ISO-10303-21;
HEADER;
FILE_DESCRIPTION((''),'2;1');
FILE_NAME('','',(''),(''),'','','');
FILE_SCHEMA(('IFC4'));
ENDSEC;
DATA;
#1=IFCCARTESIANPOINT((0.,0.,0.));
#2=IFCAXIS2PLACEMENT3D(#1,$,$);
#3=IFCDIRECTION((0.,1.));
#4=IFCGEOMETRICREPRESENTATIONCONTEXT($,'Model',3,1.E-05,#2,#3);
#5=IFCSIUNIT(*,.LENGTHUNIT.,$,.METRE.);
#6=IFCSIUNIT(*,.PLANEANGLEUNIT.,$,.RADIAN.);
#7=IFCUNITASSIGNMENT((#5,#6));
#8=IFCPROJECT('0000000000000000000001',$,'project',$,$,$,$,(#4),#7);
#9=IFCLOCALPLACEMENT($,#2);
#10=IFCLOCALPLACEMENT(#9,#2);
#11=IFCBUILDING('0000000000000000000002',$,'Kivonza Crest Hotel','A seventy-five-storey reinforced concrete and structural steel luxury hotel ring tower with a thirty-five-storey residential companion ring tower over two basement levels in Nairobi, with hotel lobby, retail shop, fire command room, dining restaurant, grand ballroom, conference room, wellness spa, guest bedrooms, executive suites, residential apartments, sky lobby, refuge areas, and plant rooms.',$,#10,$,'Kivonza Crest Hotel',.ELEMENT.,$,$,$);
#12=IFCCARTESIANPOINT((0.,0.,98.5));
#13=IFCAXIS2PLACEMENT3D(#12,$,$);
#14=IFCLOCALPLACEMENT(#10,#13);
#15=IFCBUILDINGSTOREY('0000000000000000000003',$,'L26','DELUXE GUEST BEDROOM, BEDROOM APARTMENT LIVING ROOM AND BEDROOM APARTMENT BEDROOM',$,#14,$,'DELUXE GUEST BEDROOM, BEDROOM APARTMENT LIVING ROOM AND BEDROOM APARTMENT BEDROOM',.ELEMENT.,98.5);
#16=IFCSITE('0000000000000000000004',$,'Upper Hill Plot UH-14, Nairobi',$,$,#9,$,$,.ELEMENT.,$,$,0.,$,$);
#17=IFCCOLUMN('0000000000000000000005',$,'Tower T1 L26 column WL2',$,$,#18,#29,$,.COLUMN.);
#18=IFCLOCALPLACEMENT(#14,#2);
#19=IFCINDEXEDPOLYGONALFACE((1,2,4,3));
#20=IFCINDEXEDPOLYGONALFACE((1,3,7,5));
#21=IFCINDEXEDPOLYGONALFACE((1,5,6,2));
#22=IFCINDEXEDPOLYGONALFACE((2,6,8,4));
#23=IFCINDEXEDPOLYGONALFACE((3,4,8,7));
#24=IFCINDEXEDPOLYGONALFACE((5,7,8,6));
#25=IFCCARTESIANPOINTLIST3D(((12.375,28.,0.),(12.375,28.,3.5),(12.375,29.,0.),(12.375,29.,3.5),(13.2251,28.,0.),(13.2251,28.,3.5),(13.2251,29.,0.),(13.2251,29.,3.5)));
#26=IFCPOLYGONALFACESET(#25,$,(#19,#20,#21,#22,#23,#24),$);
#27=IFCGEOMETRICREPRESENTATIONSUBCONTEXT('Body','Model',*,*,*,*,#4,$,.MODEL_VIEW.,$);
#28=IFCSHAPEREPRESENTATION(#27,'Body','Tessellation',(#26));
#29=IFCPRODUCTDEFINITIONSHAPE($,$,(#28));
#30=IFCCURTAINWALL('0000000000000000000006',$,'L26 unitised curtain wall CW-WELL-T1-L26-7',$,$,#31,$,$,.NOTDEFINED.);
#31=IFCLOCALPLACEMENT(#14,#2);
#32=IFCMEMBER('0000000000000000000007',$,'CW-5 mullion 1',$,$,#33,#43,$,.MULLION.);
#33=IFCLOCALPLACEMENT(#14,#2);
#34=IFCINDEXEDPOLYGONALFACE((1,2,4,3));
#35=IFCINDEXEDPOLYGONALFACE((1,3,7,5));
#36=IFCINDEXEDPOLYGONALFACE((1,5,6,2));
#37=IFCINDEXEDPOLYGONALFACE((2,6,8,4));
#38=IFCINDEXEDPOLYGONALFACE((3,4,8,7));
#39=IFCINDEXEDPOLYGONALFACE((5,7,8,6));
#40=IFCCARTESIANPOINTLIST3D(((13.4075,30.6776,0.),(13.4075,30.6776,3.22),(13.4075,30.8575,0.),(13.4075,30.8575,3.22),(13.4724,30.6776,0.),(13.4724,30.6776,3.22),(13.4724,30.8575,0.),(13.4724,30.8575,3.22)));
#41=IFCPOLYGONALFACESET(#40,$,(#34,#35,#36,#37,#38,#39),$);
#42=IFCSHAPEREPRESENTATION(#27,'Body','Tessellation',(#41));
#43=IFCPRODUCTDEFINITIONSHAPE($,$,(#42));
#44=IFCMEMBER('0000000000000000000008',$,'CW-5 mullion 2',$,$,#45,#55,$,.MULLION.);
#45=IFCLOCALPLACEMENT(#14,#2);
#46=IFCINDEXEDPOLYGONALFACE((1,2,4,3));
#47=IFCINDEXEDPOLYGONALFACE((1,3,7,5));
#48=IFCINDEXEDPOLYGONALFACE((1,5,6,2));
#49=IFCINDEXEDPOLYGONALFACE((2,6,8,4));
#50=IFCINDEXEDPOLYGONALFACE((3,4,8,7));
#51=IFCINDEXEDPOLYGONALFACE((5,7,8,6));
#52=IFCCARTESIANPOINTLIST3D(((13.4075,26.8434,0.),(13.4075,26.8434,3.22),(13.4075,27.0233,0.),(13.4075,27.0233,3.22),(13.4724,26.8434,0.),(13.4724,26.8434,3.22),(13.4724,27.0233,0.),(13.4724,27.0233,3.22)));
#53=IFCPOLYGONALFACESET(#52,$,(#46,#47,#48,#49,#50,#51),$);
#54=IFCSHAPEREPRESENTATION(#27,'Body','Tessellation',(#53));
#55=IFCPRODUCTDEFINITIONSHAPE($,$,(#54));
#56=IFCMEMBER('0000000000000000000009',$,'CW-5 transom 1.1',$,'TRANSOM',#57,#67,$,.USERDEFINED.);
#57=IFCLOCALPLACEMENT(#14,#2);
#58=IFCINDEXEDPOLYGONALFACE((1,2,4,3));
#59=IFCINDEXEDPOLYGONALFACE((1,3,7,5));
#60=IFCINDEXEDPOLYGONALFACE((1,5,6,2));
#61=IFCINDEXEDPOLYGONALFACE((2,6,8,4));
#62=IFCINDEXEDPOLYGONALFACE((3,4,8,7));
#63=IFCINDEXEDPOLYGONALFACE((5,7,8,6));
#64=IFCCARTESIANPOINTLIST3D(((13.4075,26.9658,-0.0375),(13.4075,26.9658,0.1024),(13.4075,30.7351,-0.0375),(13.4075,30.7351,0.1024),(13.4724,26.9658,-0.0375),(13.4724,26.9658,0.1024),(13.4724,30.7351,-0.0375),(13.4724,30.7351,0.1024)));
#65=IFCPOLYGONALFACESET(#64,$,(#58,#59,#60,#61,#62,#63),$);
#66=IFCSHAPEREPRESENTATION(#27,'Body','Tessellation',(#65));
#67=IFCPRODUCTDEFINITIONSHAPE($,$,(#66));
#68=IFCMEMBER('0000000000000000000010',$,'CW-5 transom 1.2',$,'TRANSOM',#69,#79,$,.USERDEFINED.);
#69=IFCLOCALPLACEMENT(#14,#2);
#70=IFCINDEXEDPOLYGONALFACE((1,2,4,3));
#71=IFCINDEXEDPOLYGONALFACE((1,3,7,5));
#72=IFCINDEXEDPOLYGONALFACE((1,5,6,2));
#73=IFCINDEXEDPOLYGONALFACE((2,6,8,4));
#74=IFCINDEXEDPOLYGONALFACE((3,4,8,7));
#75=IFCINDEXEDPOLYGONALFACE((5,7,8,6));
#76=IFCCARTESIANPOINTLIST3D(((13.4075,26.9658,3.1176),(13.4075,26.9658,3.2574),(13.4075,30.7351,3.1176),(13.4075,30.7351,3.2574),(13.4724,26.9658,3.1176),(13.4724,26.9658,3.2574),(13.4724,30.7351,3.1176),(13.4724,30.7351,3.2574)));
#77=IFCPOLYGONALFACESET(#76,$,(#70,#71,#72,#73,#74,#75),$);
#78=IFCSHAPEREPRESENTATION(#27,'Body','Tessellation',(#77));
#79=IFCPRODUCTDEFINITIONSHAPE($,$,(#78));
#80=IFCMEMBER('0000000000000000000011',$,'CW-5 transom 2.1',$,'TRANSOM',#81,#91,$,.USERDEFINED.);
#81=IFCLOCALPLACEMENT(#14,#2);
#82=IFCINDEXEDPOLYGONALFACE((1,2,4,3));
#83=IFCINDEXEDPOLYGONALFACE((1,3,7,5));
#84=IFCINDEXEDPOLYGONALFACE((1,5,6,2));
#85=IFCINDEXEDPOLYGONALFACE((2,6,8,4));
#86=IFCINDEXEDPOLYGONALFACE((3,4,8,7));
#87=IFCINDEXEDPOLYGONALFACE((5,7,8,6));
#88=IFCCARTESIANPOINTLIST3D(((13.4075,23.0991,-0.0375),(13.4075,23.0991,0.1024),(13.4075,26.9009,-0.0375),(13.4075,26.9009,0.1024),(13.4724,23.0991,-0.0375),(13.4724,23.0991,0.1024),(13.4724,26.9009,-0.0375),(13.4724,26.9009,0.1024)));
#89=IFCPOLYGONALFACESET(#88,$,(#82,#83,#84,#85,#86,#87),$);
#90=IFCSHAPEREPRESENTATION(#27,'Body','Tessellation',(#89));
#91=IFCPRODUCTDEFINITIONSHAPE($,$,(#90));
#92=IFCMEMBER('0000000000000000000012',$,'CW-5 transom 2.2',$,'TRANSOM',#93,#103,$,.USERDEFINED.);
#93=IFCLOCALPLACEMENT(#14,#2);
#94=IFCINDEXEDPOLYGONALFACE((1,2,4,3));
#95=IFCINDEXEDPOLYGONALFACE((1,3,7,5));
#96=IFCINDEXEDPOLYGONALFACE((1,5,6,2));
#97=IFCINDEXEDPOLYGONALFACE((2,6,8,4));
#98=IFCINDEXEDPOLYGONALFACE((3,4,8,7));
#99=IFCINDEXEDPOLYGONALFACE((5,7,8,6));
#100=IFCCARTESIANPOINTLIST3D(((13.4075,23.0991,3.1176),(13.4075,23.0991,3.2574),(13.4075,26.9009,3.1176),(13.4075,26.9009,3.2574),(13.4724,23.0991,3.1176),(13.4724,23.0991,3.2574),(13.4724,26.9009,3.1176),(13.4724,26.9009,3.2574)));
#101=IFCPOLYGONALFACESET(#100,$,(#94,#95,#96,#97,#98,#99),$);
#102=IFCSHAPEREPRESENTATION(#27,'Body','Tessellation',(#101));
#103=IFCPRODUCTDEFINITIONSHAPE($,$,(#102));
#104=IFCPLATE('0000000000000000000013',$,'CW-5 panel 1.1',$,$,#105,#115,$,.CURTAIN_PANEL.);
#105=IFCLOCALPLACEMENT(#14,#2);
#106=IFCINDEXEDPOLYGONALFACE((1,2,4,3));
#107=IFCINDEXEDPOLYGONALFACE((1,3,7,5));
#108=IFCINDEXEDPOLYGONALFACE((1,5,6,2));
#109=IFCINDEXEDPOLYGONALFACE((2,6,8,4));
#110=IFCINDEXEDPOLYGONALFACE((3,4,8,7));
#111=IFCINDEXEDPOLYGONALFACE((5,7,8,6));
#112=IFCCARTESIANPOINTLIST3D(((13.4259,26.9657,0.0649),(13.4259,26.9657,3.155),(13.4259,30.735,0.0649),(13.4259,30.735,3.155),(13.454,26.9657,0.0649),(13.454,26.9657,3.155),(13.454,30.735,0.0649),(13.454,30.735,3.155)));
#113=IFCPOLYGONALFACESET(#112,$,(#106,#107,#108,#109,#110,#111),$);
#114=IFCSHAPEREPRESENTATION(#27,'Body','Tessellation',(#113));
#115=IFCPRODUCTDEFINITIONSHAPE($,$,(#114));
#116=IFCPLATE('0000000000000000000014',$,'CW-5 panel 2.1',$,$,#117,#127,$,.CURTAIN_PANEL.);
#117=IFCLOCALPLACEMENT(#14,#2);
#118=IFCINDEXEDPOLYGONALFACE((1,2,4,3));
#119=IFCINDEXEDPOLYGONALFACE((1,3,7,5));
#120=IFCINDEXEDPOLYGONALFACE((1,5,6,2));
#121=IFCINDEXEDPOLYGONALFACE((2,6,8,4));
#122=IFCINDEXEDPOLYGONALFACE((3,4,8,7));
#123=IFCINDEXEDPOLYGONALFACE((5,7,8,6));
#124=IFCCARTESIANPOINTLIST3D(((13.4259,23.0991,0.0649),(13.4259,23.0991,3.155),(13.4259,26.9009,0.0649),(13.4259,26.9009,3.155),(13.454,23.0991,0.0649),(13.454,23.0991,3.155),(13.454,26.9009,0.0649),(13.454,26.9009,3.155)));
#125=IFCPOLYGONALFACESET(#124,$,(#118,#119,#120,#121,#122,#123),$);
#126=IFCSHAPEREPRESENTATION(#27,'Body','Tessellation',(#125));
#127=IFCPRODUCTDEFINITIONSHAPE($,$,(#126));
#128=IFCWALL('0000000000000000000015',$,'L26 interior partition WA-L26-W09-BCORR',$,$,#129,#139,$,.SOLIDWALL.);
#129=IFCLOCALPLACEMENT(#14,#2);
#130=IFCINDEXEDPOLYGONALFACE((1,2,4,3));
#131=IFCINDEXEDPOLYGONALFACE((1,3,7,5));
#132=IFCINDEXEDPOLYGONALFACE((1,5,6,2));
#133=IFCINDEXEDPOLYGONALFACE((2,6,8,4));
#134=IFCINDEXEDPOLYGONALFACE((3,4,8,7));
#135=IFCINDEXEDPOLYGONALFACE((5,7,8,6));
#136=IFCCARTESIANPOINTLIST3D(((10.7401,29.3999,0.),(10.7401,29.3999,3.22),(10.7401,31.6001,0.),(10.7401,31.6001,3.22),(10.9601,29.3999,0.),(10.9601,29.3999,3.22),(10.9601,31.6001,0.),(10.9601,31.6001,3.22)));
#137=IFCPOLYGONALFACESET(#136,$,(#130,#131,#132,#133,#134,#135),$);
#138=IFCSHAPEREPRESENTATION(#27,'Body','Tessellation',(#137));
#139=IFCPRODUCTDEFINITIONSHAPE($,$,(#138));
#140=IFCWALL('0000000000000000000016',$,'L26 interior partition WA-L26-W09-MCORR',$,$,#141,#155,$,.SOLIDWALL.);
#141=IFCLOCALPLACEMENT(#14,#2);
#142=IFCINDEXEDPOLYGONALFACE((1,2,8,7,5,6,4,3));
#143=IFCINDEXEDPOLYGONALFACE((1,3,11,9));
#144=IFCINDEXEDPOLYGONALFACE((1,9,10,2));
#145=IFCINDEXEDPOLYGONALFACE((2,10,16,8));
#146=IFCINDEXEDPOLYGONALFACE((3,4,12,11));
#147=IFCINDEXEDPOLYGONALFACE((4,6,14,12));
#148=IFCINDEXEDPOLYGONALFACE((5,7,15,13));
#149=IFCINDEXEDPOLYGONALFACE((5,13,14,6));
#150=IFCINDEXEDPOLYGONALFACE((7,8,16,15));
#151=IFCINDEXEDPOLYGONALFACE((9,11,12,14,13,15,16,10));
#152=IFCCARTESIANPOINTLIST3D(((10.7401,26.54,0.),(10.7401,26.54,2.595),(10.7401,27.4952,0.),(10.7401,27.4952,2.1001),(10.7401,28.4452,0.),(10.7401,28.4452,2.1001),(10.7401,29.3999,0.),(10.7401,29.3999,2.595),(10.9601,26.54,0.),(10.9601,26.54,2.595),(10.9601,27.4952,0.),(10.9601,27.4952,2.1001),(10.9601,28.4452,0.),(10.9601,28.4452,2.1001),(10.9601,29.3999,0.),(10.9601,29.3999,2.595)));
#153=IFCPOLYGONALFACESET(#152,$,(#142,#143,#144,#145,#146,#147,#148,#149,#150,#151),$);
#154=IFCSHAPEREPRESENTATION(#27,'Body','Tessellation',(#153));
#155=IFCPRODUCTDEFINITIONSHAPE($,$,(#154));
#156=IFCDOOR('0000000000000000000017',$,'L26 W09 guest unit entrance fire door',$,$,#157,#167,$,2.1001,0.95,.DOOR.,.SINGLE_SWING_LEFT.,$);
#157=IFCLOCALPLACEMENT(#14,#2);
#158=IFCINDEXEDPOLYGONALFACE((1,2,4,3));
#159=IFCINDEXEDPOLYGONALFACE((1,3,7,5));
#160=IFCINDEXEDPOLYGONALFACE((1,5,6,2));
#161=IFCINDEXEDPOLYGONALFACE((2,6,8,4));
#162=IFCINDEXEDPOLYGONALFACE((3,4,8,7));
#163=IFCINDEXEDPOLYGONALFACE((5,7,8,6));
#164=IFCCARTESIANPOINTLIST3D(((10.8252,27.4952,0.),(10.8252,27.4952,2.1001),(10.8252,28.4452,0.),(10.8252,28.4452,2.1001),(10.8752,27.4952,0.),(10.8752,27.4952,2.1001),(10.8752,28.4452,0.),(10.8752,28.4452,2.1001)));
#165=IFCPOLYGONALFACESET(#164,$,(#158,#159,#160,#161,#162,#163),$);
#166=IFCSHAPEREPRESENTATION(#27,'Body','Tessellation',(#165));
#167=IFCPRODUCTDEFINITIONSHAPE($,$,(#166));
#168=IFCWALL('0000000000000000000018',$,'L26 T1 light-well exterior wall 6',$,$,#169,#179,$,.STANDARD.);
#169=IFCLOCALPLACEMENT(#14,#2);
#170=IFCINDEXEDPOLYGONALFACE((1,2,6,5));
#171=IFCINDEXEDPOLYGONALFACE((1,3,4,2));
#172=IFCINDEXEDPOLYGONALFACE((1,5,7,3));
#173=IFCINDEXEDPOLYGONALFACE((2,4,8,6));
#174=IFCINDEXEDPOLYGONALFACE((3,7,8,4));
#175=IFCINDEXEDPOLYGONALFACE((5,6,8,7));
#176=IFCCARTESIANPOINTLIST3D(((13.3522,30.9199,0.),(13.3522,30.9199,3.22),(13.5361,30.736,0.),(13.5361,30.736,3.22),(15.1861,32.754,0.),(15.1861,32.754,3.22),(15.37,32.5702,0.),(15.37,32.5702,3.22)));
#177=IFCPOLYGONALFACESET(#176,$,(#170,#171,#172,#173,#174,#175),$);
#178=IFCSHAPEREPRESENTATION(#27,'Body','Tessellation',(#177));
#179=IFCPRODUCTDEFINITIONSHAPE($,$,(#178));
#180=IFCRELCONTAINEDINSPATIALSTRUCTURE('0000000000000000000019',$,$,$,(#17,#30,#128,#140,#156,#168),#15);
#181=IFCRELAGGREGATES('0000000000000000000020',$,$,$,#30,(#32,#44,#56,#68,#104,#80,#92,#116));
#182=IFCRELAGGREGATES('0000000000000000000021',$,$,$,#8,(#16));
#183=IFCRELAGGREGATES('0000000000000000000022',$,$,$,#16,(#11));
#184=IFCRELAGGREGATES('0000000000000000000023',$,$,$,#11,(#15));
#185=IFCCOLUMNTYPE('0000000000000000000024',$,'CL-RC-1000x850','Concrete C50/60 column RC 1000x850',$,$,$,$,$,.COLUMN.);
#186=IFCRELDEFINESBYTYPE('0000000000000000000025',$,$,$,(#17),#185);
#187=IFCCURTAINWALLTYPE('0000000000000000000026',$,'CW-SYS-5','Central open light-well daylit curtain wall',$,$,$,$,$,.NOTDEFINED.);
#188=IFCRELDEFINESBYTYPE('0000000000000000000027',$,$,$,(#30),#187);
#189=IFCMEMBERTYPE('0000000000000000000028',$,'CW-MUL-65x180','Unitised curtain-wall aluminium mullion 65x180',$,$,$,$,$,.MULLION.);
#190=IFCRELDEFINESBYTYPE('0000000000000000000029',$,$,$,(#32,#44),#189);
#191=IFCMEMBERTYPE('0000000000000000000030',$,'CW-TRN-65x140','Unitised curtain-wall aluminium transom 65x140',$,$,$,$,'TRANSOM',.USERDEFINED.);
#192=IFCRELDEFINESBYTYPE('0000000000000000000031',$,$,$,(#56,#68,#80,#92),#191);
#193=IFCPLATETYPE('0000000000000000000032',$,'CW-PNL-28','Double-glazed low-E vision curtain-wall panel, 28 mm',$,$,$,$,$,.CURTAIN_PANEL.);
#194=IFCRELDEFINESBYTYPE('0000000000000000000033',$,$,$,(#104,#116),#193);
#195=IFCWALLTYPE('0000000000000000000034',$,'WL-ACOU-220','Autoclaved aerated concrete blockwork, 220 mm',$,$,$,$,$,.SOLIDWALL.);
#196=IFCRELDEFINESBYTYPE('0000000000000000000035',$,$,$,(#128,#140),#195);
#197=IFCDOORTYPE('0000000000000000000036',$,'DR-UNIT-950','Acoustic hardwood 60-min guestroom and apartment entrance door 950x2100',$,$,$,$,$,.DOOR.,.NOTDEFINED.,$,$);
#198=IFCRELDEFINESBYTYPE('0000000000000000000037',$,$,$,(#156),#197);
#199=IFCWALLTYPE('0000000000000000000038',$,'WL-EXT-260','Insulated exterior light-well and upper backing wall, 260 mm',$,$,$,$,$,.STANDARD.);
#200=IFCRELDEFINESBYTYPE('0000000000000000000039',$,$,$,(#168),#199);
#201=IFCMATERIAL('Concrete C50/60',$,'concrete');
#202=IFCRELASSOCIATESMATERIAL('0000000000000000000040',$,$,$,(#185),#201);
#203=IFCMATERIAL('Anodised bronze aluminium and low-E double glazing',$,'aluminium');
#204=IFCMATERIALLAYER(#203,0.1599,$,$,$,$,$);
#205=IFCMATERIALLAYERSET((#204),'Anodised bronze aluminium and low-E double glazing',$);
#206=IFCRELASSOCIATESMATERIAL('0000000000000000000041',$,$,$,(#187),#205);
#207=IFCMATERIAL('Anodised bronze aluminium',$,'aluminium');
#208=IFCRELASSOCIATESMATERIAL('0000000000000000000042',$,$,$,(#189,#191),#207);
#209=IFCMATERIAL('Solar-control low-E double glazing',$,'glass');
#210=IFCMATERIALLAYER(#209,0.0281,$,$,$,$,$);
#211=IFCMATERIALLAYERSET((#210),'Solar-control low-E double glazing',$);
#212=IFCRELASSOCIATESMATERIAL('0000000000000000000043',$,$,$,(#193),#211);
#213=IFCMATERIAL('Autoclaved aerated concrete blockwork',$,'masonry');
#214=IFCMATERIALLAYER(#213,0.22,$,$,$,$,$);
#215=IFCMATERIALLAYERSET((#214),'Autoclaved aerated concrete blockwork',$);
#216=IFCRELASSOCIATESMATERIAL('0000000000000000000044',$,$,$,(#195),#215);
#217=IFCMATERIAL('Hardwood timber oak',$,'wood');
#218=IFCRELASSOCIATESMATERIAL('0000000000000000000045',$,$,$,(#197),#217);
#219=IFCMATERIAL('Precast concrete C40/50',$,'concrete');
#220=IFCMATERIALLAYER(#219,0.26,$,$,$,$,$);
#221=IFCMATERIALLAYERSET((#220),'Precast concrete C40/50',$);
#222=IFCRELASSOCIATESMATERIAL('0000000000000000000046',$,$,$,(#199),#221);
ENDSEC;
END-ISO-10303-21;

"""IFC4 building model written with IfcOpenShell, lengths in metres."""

from ifc_helpers import new_model, si_unit, direction, frame, frame_2d, origin, origin_2d, place, context, subcontext, project, spatial, rectangle, extrude, material, layer, layer_set, material_profile, profile_set, type_object, element, fill, aggregate, save


model = new_model("IFC4")

# Units and contexts
model_context = context("Model", 3, precision=1e-05, world=origin(), true_north=direction((0.0, 1.0)))
body_context = subcontext(model_context, "Body", "Model", "MODEL_VIEW")
ifc_project = project(units=[si_unit("LENGTHUNIT", "METRE"), si_unit("PLANEANGLEUNIT", "RADIAN")], contexts=[model_context])

# Site, building, storey
site_placement = place(None, origin())
site = spatial("IfcSite", under=ifc_project, at=site_placement, Name="Upper Hill Plot UH-14, Nairobi", CompositionType="ELEMENT", RefElevation=0.0)
building_placement = place(site_placement, origin())
building = spatial("IfcBuilding", under=site, at=building_placement, Name="Kivonza Crest Hotel", Description="A seventy-five-storey reinforced concrete and structural steel luxury hotel ring tower with a thirty-five-storey residential companion ring tower over two basement levels in Nairobi, with hotel lobby, retail shop, fire command room, dining restaurant, grand ballroom, conference room, wellness spa, guest bedrooms, executive suites, residential apartments, sky lobby, refuge areas, and plant rooms.", LongName="Kivonza Crest Hotel", CompositionType="ELEMENT")
storey_placement = place(building_placement, frame((0.0, 0.0, 98.5)))
storey = spatial("IfcBuildingStorey", under=building, at=storey_placement, Name="L26", Description="DELUXE GUEST BEDROOM, BEDROOM APARTMENT LIVING ROOM AND BEDROOM APARTMENT BEDROOM", LongName="DELUXE GUEST BEDROOM, BEDROOM APARTMENT LIVING ROOM AND BEDROOM APARTMENT BEDROOM", CompositionType="ELEMENT", Elevation=98.5)

# Column
ifc_material_1 = material(Name="Concrete C50/60", Category="concrete")
ifc_material_profile_1 = material_profile(ifc_material_1, rectangle(XDim=0.8501, YDim=1.0, at=origin_2d()), Name="RC 1000x850")
ifc_profile_set_1 = profile_set([ifc_material_profile_1], Name="Concrete C50/60")
column_type = type_object("IfcColumnType", Name="CL-RC-1000x850", Description="Concrete C50/60 column RC 1000x850", PredefinedType="COLUMN", material=ifc_profile_set_1)
column_placement = place(storey_placement, frame((12.8, 28.5, 0.0), z_axis=(0.0, 0.0, 1.0), x_axis=(1.0, 0.0, 0.0)))
element("IfcColumn", 1, at=column_placement, inside=storey, type_object=column_type, Name="Tower T1 L26 column WL2", PredefinedType="COLUMN", context=body_context, shape_type="SweptSolid", body=[
    extrude(rectangle(XDim=0.8501, YDim=1.0, at=origin_2d()), origin(), (0.0, 0.0, 1.0), 3.5),
])

# Curtain wall, members, plates
ifc_material_2 = material(Name="Anodised bronze aluminium and low-E double glazing", Category="aluminium")
ifc_layer_1 = layer(ifc_material_2, 0.1599)
ifc_layer_set_1 = layer_set([ifc_layer_1], Name="Anodised bronze aluminium and low-E double glazing")
curtain_wall_type = type_object("IfcCurtainWallType", Name="CW-SYS-5", Description="Central open light-well daylit curtain wall", PredefinedType="NOTDEFINED", material=ifc_layer_set_1)
curtain_wall_placement = place(storey_placement, origin())
curtain_wall = element("IfcCurtainWall", 2, at=curtain_wall_placement, inside=storey, type_object=curtain_wall_type, Name="L26 unitised curtain wall CW-WELL-T1-L26-7", PredefinedType="NOTDEFINED")
ifc_material_3 = material(Name="Anodised bronze aluminium", Category="aluminium")
ifc_material_profile_2 = material_profile(ifc_material_3, rectangle(XDim=0.0649, YDim=0.1799, at=origin_2d()), Name="CW-M 65x180")
ifc_profile_set_2 = profile_set([ifc_material_profile_2], Name="Anodised bronze aluminium")
member_type_1 = type_object("IfcMemberType", Name="CW-MUL-65x180", Description="Unitised curtain-wall aluminium mullion 65x180", PredefinedType="MULLION", material=ifc_profile_set_2)
member_1_placement = place(storey_placement, frame((13.4399, 30.7676, 0.0), z_axis=(0.0, 0.0, 1.0), x_axis=(1.0, 0.0, 0.0)))
member_1 = element("IfcMember", 3, at=member_1_placement, type_object=member_type_1, Name="CW-5 mullion 1", PredefinedType="MULLION", context=body_context, shape_type="SweptSolid", body=[
    extrude(rectangle(XDim=0.0649, YDim=0.1799, at=origin_2d()), origin(), (0.0, 0.0, 1.0), 3.22),
])
member_2_placement = place(storey_placement, frame((13.4399, 26.9333, 0.0), z_axis=(0.0, 0.0, 1.0), x_axis=(1.0, 0.0, 0.0)))
member_2 = element("IfcMember", 4, at=member_2_placement, type_object=member_type_1, Name="CW-5 mullion 2", PredefinedType="MULLION", context=body_context, shape_type="SweptSolid", body=[
    extrude(rectangle(XDim=0.0649, YDim=0.1799, at=origin_2d()), origin(), (0.0, 0.0, 1.0), 3.22),
])
ifc_material_profile_3 = material_profile(ifc_material_3, rectangle(XDim=0.0649, YDim=0.1399, at=origin_2d()), Name="CW-T 65x140")
ifc_profile_set_3 = profile_set([ifc_material_profile_3], Name="Anodised bronze aluminium")
member_type_2 = type_object("IfcMemberType", Name="CW-TRN-65x140", Description="Unitised curtain-wall aluminium transom 65x140", ElementType="TRANSOM", PredefinedType="USERDEFINED", material=ifc_profile_set_3)
member_3_placement = place(storey_placement, frame((13.4399, 30.7351, 0.0325), z_axis=(0.0, -1.0, 0.0), x_axis=(1.0, 0.0, 0.0)))
member_3 = element("IfcMember", 5, at=member_3_placement, type_object=member_type_2, Name="CW-5 transom 1.1", ObjectType="TRANSOM", PredefinedType="USERDEFINED", context=body_context, shape_type="SweptSolid", body=[
    extrude(rectangle(XDim=0.0649, YDim=0.1399, at=origin_2d()), origin(), (0.0, 0.0, 1.0), 3.7693),
])
member_4_placement = place(storey_placement, frame((13.4399, 30.7351, 3.1875), z_axis=(0.0, -1.0, 0.0), x_axis=(1.0, 0.0, 0.0)))
member_4 = element("IfcMember", 6, at=member_4_placement, type_object=member_type_2, Name="CW-5 transom 1.2", ObjectType="TRANSOM", PredefinedType="USERDEFINED", context=body_context, shape_type="SweptSolid", body=[
    extrude(rectangle(XDim=0.0649, YDim=0.1399, at=origin_2d()), origin(), (0.0, 0.0, 1.0), 3.7693),
])
member_5_placement = place(storey_placement, frame((13.4399, 26.9009, 0.0325), z_axis=(0.0, -1.0, 0.0), x_axis=(1.0, 0.0, 0.0)))
member_5 = element("IfcMember", 7, at=member_5_placement, type_object=member_type_2, Name="CW-5 transom 2.1", ObjectType="TRANSOM", PredefinedType="USERDEFINED", context=body_context, shape_type="SweptSolid", body=[
    extrude(rectangle(XDim=0.0649, YDim=0.1399, at=origin_2d()), origin(), (0.0, 0.0, 1.0), 3.8018),
])
member_6_placement = place(storey_placement, frame((13.4399, 26.9009, 3.1875), z_axis=(0.0, -1.0, 0.0), x_axis=(1.0, 0.0, 0.0)))
member_6 = element("IfcMember", 8, at=member_6_placement, type_object=member_type_2, Name="CW-5 transom 2.2", ObjectType="TRANSOM", PredefinedType="USERDEFINED", context=body_context, shape_type="SweptSolid", body=[
    extrude(rectangle(XDim=0.0649, YDim=0.1399, at=origin_2d()), origin(), (0.0, 0.0, 1.0), 3.8018),
])
ifc_material_4 = material(Name="Solar-control low-E double glazing", Category="glass")
ifc_layer_2 = layer(ifc_material_4, 0.0281)
ifc_layer_set_2 = layer_set([ifc_layer_2], Name="Solar-control low-E double glazing")
plate_type = type_object("IfcPlateType", Name="CW-PNL-28", Description="Double-glazed low-E vision curtain-wall panel, 28 mm", PredefinedType="CURTAIN_PANEL", material=ifc_layer_set_2)
plate_1_placement = place(storey_placement, frame((13.4399, 28.8503, 0.0649), z_axis=(0.0, 0.0, 1.0), x_axis=(0.0, -1.0, 0.0)))
plate_1 = element("IfcPlate", 9, at=plate_1_placement, type_object=plate_type, Name="CW-5 panel 1.1", PredefinedType="CURTAIN_PANEL", context=body_context, shape_type="SweptSolid", body=[
    extrude(rectangle(XDim=3.7693, YDim=0.0281, at=origin_2d()), origin(), (0.0, 0.0, 1.0), 3.0901),
])
plate_2_placement = place(storey_placement, frame((13.4399, 25.0, 0.0649), z_axis=(0.0, 0.0, 1.0), x_axis=(0.0, -1.0, 0.0)))
plate_2 = element("IfcPlate", 10, at=plate_2_placement, type_object=plate_type, Name="CW-5 panel 2.1", PredefinedType="CURTAIN_PANEL", context=body_context, shape_type="SweptSolid", body=[
    extrude(rectangle(XDim=3.8018, YDim=0.0281, at=origin_2d()), origin(), (0.0, 0.0, 1.0), 3.0901),
])
aggregate(curtain_wall, [member_1, member_2, member_3, member_4, plate_1, member_5, member_6, plate_2])

# Wall
ifc_material_5 = material(Name="Autoclaved aerated concrete blockwork", Category="masonry")
ifc_layer_3 = layer(ifc_material_5, 0.22)
ifc_layer_set_3 = layer_set([ifc_layer_3], Name="Autoclaved aerated concrete blockwork")
wall_type_1 = type_object("IfcWallType", Name="WL-ACOU-220", Description="Autoclaved aerated concrete blockwork, 220 mm", PredefinedType="SOLIDWALL", material=ifc_layer_set_3)
wall_1_placement = place(storey_placement, frame((10.8501, 29.3999, 0.0), z_axis=(0.0, 0.0, 1.0), x_axis=(0.0, 1.0, 0.0)))
element("IfcWall", 11, at=wall_1_placement, inside=storey, type_object=wall_type_1, Name="L26 interior partition WA-L26-W09-BCORR", PredefinedType="SOLIDWALL", context=body_context, shape_type="SweptSolid", body=[
    extrude(rectangle(XDim=2.2002, YDim=0.22, at=frame_2d((1.1001, 0.0))), origin(), (0.0, 0.0, 1.0), 3.22),
])

# Wall, opening, door
wall_2_placement = place(storey_placement, frame((10.8501, 26.54, 0.0), z_axis=(0.0, 0.0, 1.0), x_axis=(0.0, 1.0, 0.0)))
wall_2 = element("IfcWall", 12, at=wall_2_placement, inside=storey, type_object=wall_type_1, Name="L26 interior partition WA-L26-W09-MCORR", PredefinedType="SOLIDWALL", context=body_context, shape_type="SweptSolid", body=[
    extrude(rectangle(XDim=2.8599, YDim=0.22, at=frame_2d((1.4299, 0.0))), origin(), (0.0, 0.0, 1.0), 2.595),
])
opening_1_placement = place(wall_2_placement, frame((0.9551, 0.0, 0.0)))
opening_1 = element("IfcOpeningElement", 13, at=opening_1_placement, cuts=wall_2, PredefinedType="OPENING", context=body_context, shape_type="SweptSolid", body=[
    extrude(rectangle(XDim=0.95, YDim=2.1001, at=frame_2d((0.4751, 1.05))), frame((0.0, 0.1201, 0.0), z_axis=(0.0, -1.0, 0.0), x_axis=(1.0, 0.0, 0.0)), (0.0, 0.0, 1.0), 0.24),
])
ifc_material_6 = material(Name="Hardwood timber oak", Category="wood")
door_type_1 = type_object("IfcDoorType", Name="DR-UNIT-950", Description="Acoustic hardwood 60-min guestroom and apartment entrance door 950x2100", OperationType="NOTDEFINED", PredefinedType="DOOR", material=ifc_material_6)
door_1_placement = place(opening_1_placement, origin())
door_1 = element("IfcDoor", 14, at=door_1_placement, inside=storey, type_object=door_type_1, Name="L26 W09 guest unit entrance fire door", OperationType="SINGLE_SWING_LEFT", OverallHeight=2.1001, OverallWidth=0.95, PredefinedType="DOOR", context=body_context, shape_type="SweptSolid", body=[
    extrude(rectangle(XDim=0.95, YDim=2.1001, at=frame_2d((0.4751, 1.05))), frame((0.0, 0.0249, 0.0), z_axis=(0.0, -1.0, 0.0), x_axis=(1.0, 0.0, 0.0)), (0.0, 0.0, 1.0), 0.05),
])
fill(opening_1, door_1)

# Wall
ifc_material_7 = material(Name="Precast concrete C40/50", Category="concrete")
ifc_layer_4 = layer(ifc_material_7, 0.26)
ifc_layer_set_4 = layer_set([ifc_layer_4], Name="Precast concrete C40/50")
wall_type_2 = type_object("IfcWallType", Name="WL-EXT-260", Description="Insulated exterior light-well and upper backing wall, 260 mm", PredefinedType="STANDARD", material=ifc_layer_set_4)
wall_3_placement = place(storey_placement, frame((15.2781, 32.6621, 0.0), z_axis=(0.0, 0.0, 1.0), x_axis=(-0.70706, -0.707154, 0.0)))
element("IfcWall", 15, at=wall_3_placement, inside=storey, type_object=wall_type_2, Name="L26 T1 light-well exterior wall 6", PredefinedType="STANDARD", context=body_context, shape_type="SweptSolid", body=[
    extrude(rectangle(XDim=2.5938, YDim=0.26, at=frame_2d((1.2969, 0.0))), origin(), (0.0, 0.0, 1.0), 3.22),
])

save(model, "model.ifc")
